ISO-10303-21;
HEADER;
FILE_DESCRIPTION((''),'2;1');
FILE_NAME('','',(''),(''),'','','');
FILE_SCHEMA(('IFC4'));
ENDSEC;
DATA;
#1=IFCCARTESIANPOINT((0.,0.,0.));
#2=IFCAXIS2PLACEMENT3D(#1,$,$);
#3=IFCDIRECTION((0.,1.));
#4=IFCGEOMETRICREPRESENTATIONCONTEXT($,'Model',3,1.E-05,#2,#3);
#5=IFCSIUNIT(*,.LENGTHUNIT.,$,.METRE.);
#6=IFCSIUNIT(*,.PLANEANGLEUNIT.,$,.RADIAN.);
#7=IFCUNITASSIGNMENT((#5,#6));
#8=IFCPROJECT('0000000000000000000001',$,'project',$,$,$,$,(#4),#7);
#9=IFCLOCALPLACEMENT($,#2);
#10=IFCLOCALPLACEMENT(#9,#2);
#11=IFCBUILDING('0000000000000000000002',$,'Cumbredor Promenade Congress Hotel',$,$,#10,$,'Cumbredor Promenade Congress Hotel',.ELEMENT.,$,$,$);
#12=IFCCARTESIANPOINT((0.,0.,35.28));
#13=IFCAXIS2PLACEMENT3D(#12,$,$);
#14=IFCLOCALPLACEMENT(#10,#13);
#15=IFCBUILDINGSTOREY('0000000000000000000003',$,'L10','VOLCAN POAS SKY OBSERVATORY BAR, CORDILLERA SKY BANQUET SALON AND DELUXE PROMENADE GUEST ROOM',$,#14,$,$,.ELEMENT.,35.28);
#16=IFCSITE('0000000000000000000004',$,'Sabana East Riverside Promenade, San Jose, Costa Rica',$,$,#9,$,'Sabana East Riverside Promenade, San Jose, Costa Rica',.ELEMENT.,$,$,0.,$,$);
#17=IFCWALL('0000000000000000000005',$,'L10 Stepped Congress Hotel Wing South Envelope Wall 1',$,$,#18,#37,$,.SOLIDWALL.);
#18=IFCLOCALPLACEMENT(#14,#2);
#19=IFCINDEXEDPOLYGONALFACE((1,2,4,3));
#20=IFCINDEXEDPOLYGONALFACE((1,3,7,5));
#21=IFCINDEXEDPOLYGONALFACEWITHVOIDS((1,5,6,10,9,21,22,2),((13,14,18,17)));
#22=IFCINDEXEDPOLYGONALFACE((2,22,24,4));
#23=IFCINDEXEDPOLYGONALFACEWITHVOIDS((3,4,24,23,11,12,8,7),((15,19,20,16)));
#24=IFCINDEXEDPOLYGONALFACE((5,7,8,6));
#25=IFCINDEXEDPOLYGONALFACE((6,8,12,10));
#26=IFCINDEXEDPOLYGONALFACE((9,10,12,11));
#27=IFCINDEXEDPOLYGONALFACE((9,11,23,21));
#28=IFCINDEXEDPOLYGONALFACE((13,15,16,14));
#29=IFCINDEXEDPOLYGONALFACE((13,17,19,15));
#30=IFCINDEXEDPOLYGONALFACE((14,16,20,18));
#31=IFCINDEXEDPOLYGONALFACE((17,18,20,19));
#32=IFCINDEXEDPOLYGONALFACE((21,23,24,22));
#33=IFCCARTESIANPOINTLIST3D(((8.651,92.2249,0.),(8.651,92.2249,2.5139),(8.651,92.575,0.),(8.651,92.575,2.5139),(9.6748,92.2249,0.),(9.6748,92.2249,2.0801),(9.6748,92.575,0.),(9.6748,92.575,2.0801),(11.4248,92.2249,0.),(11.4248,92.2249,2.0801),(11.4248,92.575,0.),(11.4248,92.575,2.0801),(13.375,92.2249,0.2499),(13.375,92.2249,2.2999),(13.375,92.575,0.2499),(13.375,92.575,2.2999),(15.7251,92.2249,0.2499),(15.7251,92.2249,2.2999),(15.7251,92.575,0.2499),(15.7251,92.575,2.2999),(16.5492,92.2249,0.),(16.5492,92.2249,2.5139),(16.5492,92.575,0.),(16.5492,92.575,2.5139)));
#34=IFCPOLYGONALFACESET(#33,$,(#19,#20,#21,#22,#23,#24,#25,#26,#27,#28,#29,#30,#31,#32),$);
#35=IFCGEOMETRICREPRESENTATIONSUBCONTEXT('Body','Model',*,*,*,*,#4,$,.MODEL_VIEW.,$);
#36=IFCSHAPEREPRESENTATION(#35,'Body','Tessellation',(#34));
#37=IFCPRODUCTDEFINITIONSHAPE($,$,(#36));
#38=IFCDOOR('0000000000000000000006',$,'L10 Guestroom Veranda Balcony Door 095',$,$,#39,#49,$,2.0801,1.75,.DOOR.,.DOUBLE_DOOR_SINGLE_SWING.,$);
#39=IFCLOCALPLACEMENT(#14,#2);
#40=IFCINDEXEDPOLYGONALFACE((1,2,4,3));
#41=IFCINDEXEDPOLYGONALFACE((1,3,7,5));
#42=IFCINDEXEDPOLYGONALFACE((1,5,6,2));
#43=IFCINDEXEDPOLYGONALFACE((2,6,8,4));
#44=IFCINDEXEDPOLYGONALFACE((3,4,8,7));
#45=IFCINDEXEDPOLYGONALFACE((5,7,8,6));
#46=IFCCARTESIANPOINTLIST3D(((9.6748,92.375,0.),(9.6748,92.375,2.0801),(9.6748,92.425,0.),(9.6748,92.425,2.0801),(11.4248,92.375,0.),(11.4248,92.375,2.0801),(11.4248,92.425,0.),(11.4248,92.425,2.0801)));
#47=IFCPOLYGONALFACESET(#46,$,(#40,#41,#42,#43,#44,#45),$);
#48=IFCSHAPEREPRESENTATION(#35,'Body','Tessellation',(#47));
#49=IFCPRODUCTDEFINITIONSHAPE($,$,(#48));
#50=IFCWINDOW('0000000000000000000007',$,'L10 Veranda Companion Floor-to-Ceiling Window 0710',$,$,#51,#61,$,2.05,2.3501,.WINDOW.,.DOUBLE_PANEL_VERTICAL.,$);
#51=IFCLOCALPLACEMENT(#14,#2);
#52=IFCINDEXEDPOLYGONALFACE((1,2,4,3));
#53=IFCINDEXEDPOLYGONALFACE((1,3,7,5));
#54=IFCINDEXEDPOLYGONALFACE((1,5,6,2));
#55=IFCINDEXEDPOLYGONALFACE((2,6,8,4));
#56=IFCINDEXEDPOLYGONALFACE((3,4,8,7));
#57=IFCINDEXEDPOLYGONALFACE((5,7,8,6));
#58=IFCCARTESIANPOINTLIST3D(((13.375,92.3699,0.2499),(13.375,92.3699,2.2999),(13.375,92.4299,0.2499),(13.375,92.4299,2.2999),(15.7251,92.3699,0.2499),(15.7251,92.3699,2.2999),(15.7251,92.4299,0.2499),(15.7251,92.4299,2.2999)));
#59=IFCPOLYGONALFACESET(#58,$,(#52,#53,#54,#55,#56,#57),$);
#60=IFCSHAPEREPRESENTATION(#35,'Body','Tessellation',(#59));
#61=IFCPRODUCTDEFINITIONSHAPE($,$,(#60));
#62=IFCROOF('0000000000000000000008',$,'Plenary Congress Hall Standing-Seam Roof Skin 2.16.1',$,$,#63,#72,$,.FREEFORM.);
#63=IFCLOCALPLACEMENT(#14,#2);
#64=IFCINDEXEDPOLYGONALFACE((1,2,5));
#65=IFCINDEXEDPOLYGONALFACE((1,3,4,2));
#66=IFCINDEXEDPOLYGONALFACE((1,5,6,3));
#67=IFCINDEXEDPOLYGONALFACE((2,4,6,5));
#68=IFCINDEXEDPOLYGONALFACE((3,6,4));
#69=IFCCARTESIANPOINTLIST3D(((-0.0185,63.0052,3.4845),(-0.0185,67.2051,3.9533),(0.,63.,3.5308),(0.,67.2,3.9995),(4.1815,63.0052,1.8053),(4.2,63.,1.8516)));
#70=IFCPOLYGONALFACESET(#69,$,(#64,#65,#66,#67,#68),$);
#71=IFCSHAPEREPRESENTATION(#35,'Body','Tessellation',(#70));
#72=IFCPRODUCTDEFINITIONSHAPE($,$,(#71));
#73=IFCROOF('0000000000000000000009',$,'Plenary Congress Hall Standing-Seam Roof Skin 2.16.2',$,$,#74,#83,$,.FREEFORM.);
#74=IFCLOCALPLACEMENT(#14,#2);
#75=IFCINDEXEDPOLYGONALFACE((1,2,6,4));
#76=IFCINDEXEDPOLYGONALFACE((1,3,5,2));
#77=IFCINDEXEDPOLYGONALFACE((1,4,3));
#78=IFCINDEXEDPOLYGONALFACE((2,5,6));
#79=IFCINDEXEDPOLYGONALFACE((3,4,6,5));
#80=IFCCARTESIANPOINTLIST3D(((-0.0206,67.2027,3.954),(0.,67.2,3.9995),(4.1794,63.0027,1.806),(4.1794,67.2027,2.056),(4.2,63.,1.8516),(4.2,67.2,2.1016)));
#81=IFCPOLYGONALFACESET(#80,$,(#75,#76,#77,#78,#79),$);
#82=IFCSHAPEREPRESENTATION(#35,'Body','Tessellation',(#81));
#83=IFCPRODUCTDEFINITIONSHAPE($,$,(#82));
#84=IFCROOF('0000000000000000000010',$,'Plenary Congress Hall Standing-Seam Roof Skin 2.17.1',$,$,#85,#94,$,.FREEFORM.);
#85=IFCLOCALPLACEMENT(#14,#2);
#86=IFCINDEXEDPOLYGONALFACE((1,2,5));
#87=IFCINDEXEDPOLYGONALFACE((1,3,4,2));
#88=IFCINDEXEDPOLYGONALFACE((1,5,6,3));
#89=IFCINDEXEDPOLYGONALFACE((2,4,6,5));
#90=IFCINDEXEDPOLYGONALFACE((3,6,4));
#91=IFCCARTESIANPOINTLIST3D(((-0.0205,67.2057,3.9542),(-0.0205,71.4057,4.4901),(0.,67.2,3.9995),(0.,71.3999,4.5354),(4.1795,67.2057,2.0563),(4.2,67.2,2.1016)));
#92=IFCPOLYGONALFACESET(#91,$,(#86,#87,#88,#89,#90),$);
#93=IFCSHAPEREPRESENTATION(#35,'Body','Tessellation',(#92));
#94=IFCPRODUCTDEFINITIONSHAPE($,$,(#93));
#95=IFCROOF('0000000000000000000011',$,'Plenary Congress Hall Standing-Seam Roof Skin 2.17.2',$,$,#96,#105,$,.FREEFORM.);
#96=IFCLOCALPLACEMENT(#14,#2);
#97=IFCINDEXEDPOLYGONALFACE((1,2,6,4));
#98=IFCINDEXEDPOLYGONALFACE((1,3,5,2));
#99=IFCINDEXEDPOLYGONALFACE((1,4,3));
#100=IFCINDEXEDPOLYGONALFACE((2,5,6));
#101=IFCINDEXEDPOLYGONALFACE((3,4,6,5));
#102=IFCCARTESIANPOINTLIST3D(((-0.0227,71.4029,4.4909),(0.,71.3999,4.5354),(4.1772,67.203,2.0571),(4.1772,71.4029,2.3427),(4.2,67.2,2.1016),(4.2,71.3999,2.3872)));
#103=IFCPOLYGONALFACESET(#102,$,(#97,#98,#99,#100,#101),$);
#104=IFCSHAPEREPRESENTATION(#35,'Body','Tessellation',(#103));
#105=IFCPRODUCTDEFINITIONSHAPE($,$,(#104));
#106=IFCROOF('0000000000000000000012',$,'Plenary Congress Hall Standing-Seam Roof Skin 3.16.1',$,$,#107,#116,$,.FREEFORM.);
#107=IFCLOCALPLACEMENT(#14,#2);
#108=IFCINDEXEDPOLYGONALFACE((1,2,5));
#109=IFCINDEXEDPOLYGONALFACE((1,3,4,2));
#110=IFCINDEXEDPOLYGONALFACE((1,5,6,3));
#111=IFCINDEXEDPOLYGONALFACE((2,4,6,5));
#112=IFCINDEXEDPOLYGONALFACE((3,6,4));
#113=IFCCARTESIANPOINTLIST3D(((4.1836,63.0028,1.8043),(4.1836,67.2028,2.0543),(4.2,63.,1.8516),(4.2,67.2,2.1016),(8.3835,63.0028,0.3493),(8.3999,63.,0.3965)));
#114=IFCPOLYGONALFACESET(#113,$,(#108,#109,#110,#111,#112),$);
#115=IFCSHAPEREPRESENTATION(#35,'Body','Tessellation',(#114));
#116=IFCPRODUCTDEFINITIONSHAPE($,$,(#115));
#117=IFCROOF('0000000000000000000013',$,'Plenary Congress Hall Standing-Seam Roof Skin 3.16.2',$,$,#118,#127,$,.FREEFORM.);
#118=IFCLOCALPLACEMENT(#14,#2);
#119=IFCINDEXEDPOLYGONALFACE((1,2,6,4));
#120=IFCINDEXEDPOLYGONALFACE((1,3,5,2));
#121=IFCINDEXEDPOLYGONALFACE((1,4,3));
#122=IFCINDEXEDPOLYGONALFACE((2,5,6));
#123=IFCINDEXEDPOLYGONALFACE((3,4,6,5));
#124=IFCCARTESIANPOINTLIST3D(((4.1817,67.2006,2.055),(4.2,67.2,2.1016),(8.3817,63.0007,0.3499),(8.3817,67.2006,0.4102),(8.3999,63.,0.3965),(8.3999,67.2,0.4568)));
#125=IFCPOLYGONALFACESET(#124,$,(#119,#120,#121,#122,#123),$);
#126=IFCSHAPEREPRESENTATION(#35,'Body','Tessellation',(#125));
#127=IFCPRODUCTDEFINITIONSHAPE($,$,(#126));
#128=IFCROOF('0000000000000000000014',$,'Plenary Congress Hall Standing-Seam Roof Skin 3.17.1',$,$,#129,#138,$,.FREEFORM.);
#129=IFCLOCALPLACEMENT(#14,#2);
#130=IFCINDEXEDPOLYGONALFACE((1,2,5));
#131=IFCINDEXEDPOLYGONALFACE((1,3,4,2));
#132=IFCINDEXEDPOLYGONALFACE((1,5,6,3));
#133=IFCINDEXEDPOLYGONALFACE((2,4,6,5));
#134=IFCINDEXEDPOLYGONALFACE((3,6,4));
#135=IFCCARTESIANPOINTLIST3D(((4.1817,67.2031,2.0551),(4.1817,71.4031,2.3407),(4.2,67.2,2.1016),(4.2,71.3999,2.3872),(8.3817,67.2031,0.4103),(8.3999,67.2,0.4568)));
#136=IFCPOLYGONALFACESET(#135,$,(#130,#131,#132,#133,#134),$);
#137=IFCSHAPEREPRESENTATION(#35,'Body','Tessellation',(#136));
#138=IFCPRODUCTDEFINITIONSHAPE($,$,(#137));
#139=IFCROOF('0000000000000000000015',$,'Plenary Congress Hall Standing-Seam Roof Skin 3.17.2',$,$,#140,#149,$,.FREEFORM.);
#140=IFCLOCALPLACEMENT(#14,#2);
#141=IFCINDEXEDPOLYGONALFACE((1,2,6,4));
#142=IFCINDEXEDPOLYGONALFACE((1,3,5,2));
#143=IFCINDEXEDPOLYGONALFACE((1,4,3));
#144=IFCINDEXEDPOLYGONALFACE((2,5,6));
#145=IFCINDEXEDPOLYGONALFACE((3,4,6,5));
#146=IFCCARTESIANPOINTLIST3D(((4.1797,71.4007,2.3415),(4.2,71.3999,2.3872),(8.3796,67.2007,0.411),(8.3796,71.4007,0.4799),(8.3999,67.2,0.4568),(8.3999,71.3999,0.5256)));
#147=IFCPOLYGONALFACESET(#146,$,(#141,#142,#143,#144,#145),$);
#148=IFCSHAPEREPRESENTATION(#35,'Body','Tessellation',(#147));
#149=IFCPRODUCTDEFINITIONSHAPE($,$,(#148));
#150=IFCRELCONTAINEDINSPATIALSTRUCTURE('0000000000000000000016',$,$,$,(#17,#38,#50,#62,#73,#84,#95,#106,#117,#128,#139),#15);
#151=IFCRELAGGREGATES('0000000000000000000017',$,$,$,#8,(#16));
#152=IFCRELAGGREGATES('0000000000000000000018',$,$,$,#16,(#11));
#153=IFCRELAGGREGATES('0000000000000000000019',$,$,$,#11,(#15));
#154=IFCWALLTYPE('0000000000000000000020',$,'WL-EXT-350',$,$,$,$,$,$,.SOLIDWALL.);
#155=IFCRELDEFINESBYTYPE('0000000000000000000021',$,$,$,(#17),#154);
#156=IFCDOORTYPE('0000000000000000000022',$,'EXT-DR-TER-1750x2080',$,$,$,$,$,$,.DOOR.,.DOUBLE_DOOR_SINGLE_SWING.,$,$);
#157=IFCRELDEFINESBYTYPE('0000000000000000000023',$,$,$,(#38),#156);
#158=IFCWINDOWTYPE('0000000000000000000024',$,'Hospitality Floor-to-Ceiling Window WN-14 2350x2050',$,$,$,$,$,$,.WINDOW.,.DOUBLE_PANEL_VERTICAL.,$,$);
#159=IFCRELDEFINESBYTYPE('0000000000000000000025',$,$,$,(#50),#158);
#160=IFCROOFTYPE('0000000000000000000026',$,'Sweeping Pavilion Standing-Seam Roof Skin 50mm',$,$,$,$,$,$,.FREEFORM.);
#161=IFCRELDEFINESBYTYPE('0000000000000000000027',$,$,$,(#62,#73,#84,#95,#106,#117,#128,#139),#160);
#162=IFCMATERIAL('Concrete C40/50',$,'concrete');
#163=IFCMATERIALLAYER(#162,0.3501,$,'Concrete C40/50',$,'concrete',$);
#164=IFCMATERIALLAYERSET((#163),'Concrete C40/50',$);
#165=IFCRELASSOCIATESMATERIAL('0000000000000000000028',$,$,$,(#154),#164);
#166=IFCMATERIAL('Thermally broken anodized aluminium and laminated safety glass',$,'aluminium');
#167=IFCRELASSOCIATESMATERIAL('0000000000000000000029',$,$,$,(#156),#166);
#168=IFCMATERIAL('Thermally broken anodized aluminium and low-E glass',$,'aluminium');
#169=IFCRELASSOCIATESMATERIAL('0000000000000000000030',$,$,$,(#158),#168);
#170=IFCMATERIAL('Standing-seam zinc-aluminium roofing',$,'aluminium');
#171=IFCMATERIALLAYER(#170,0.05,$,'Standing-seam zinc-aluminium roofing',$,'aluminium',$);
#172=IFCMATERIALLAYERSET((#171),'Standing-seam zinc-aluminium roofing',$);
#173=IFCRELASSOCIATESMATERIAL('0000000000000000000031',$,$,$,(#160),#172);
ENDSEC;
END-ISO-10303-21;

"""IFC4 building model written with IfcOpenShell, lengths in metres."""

from ifc_helpers import new_model, si_unit, direction, frame, frame_2d, origin, place, context, subcontext, project, spatial, polyline, rectangle, outline, extrude, material, layer, layer_set, type_object, element, fill, save


model = new_model("IFC4")

# Units and contexts
model_context = context("Model", 3, precision=1e-05, world=origin(), true_north=direction((0.0, 1.0)))
body_context = subcontext(model_context, "Body", "Model", "MODEL_VIEW")
ifc_project = project(units=[si_unit("LENGTHUNIT", "METRE"), si_unit("PLANEANGLEUNIT", "RADIAN")], contexts=[model_context])

# Site, building, storey
site_placement = place(None, origin())
site = spatial("IfcSite", under=ifc_project, at=site_placement, Name="Sabana East Riverside Promenade, San Jose, Costa Rica", LongName="Sabana East Riverside Promenade, San Jose, Costa Rica", CompositionType="ELEMENT", RefElevation=0.0)
building_placement = place(site_placement, origin())
building = spatial("IfcBuilding", under=site, at=building_placement, Name="Cumbredor Promenade Congress Hotel", LongName="Cumbredor Promenade Congress Hotel", CompositionType="ELEMENT")
storey_placement = place(building_placement, frame((0.0, 0.0, 35.28)))
storey = spatial("IfcBuildingStorey", under=building, at=storey_placement, Name="L10", Description="VOLCAN POAS SKY OBSERVATORY BAR, CORDILLERA SKY BANQUET SALON AND DELUXE PROMENADE GUEST ROOM", CompositionType="ELEMENT", Elevation=35.28)

# Shared definitions
ifc_material_1 = material(Name="Concrete C40/50", Category="concrete")

# Shared definitions
ifc_material_2 = material(Name="Thermally broken anodized aluminium and low-E glass", Category="aluminium")

# Wall, openings, door, window
ifc_layer_1 = layer(ifc_material_1, 0.3501, Name="Concrete C40/50", Category="concrete")
ifc_layer_set_1 = layer_set([ifc_layer_1], Name="Concrete C40/50")
wall_type = type_object("IfcWallType", Name="WL-EXT-350", PredefinedType="SOLIDWALL", material=ifc_layer_set_1)
wall_placement = place(storey_placement, frame((8.6509, 92.3999, 0.0), z_axis=(0.0, 0.0, 1.0), x_axis=(1.0, 0.0, 0.0)))
wall = element("IfcWall", 1, at=wall_placement, inside=storey, type_object=wall_type, Name="L10 Stepped Congress Hotel Wing South Envelope Wall 1", PredefinedType="SOLIDWALL", context=body_context, shape_type="SweptSolid", body=[
    extrude(rectangle(XDim=7.8982, YDim=0.3501, at=frame_2d((3.9492, 0.0))), origin(), (0.0, 0.0, 1.0), 2.5139),
])
opening_1_placement = place(wall_placement, frame((1.0239, 0.0, 0.0)))
opening_1 = element("IfcOpeningElement", 2, at=opening_1_placement, cuts=wall, PredefinedType="OPENING", context=body_context, shape_type="SweptSolid", body=[
    extrude(rectangle(XDim=1.75, YDim=2.0801, at=frame_2d((0.875, 1.04))), frame((0.0, 0.1851, 0.0), z_axis=(0.0, -1.0, 0.0), x_axis=(1.0, 0.0, 0.0)), (0.0, 0.0, 1.0), 0.3701),
])
opening_2_placement = place(wall_placement, frame((4.7241, 0.0, 0.25)))
opening_2 = element("IfcOpeningElement", 3, at=opening_2_placement, cuts=wall, PredefinedType="OPENING", context=body_context, shape_type="SweptSolid", body=[
    extrude(rectangle(XDim=2.3501, YDim=2.05, at=frame_2d((1.175, 1.0249))), frame((0.0, 0.1851, 0.0), z_axis=(0.0, -1.0, 0.0), x_axis=(1.0, 0.0, 0.0)), (0.0, 0.0, 1.0), 0.3701),
])
ifc_material_3 = material(Name="Thermally broken anodized aluminium and laminated safety glass", Category="aluminium")
door_type = type_object("IfcDoorType", Name="EXT-DR-TER-1750x2080", OperationType="DOUBLE_DOOR_SINGLE_SWING", PredefinedType="DOOR", material=ifc_material_3)
door_placement = place(opening_1_placement, frame((1.75, 0.0, 0.0), z_axis=(0.0, 0.0, 1.0), x_axis=(-1.0, 0.0, 0.0)))
door = element("IfcDoor", 4, at=door_placement, inside=storey, type_object=door_type, Name="L10 Guestroom Veranda Balcony Door 095", OperationType="DOUBLE_DOOR_SINGLE_SWING", OverallHeight=2.0801, OverallWidth=1.75, PredefinedType="DOOR", context=body_context, shape_type="SweptSolid", body=[
    extrude(rectangle(XDim=1.75, YDim=2.0801, at=frame_2d((0.875, 1.04))), frame((0.0, 0.0249, 0.0), z_axis=(0.0, -1.0, 0.0), x_axis=(1.0, 0.0, 0.0)), (0.0, 0.0, 1.0), 0.05),
])
fill(opening_1, door)
window_type = type_object("IfcWindowType", Name="Hospitality Floor-to-Ceiling Window WN-14 2350x2050", PartitioningType="DOUBLE_PANEL_VERTICAL", PredefinedType="WINDOW", material=ifc_material_2)
window_placement = place(opening_2_placement, origin())
window = element("IfcWindow", 5, at=window_placement, inside=storey, type_object=window_type, Name="L10 Veranda Companion Floor-to-Ceiling Window 0710", OverallHeight=2.05, OverallWidth=2.3501, PartitioningType="DOUBLE_PANEL_VERTICAL", PredefinedType="WINDOW", context=body_context, shape_type="SweptSolid", body=[
    extrude(rectangle(XDim=2.3501, YDim=2.05, at=frame_2d((1.175, 1.0249))), frame((0.0, 0.03, 0.0), z_axis=(0.0, -1.0, 0.0), x_axis=(1.0, 0.0, 0.0)), (0.0, 0.0, 1.0), 0.0601),
])
fill(opening_2, window)

# Roofs
ifc_material_4 = material(Name="Standing-seam zinc-aluminium roofing", Category="aluminium")
ifc_layer_2 = layer(ifc_material_4, 0.05, Name="Standing-seam zinc-aluminium roofing", Category="aluminium")
ifc_layer_set_2 = layer_set([ifc_layer_2], Name="Standing-seam zinc-aluminium roofing")
roof_type = type_object("IfcRoofType", Name="Sweeping Pavilion Standing-Seam Roof Skin 50mm", PredefinedType="FREEFORM", material=ifc_layer_set_2)
roof_1_placement = place(storey_placement, frame((0.0, 63.0, 3.5308), z_axis=(0.369264, -0.10308, 0.92359), x_axis=(0.928536, 0.0, -0.371242)))
element("IfcRoof", 6, at=roof_1_placement, inside=storey, type_object=roof_type, Name="Plenary Congress Hall Standing-Seam Roof Skin 2.16.1", PredefinedType="FREEFORM", context=body_context, shape_type="SweptSolid", body=[
    extrude(outline(polyline([(0.0, 0.0), (4.5232, 0.0), (-0.174, 4.2224), (0.0, 0.0)])), origin(), (0.0, 0.0, -1.0), 0.05),
])
roof_2_placement = place(storey_placement, frame((4.2, 63.0, 1.8516), z_axis=(0.411198, -0.054163, 0.909935), x_axis=(0.0, 0.998233, 0.059419)))
element("IfcRoof", 7, at=roof_2_placement, inside=storey, type_object=roof_type, Name="Plenary Congress Hall Standing-Seam Roof Skin 2.16.2", PredefinedType="FREEFORM", context=body_context, shape_type="SweptSolid", body=[
    extrude(outline(polyline([(0.0, 0.0), (4.2074, 0.0), (4.3202, 4.6075), (0.0, 0.0)])), origin(), (0.0, 0.0, -1.0), 0.05),
])
roof_3_placement = place(storey_placement, frame((0.0, 67.2, 3.9995), z_axis=(0.409047, -0.115495, 0.905175), x_axis=(0.911273, 0.0, -0.411802)))
element("IfcRoof", 8, at=roof_3_placement, inside=storey, type_object=roof_type, Name="Plenary Congress Hall Standing-Seam Roof Skin 2.17.1", PredefinedType="FREEFORM", context=body_context, shape_type="SweptSolid", body=[
    extrude(outline(polyline([(0.0, 0.0), (4.6089, 0.0), (-0.2207, 4.2282), (0.0, 0.0)])), origin(), (0.0, 0.0, -1.0), 0.05),
])
roof_4_placement = place(storey_placement, frame((4.2, 67.2, 2.1016), z_axis=(0.454539, -0.06044, 0.888674), x_axis=(0.0, 0.997695, 0.067855)))
element("IfcRoof", 9, at=roof_4_placement, inside=storey, type_object=roof_type, Name="Plenary Congress Hall Standing-Seam Roof Skin 2.17.2", PredefinedType="FREEFORM", context=body_context, shape_type="SweptSolid", body=[
    extrude(outline(polyline([(0.0, 0.0), (4.2097, 0.0), (4.3554, 4.7152), (0.0, 0.0)])), origin(), (0.0, 0.0, -1.0), 0.05),
])
roof_5_placement = place(storey_placement, frame((4.2, 63.0, 1.8516), z_axis=(0.326845, -0.056156, 0.943408), x_axis=(0.944899, 0.0, -0.327361)))
element("IfcRoof", 10, at=roof_5_placement, inside=storey, type_object=roof_type, Name="Plenary Congress Hall Standing-Seam Roof Skin 3.16.1", PredefinedType="FREEFORM", context=body_context, shape_type="SweptSolid", body=[
    extrude(outline(polyline([(0.0, 0.0), (4.4449, 0.0), (-0.0818, 4.2066), (0.0, 0.0)])), origin(), (0.0, 0.0, -1.0), 0.05),
])
roof_6_placement = place(storey_placement, frame((8.3999, 63.0, 0.3965), z_axis=(0.36462, -0.013368, 0.931061), x_axis=(0.0, 0.999897, 0.014356)))
element("IfcRoof", 11, at=roof_6_placement, inside=storey, type_object=roof_type, Name="Plenary Congress Hall Standing-Seam Roof Skin 3.16.2", PredefinedType="FREEFORM", context=body_context, shape_type="SweptSolid", body=[
    extrude(outline(polyline([(0.0, 0.0), (4.2004, 0.0), (4.224, 4.5105), (0.0, 0.0)])), origin(), (0.0, 0.0, -1.0), 0.05),
])
roof_7_placement = place(storey_placement, frame((4.2, 67.2, 2.1016), z_axis=(0.363923, -0.063202, 0.929282), x_axis=(0.931144, 0.0, -0.364652)))
element("IfcRoof", 12, at=roof_7_placement, inside=storey, type_object=roof_type, Name="Plenary Congress Hall Standing-Seam Roof Skin 3.17.1", PredefinedType="FREEFORM", context=body_context, shape_type="SweptSolid", body=[
    extrude(outline(polyline([(0.0, 0.0), (4.5105, 0.0), (-0.1042, 4.2084), (0.0, 0.0)])), origin(), (0.0, 0.0, -1.0), 0.05),
])
roof_8_placement = place(storey_placement, frame((8.3999, 67.2, 0.4568), z_axis=(0.405171, -0.014985, 0.914118), x_axis=(0.0, 0.999866, 0.01639)))
element("IfcRoof", 13, at=roof_8_placement, inside=storey, type_object=roof_type, Name="Plenary Congress Hall Standing-Seam Roof Skin 3.17.2", PredefinedType="FREEFORM", context=body_context, shape_type="SweptSolid", body=[
    extrude(outline(polyline([(0.0, 0.0), (4.2005, 0.0), (4.231, 4.5939), (0.0, 0.0)])), origin(), (0.0, 0.0, -1.0), 0.05),
])

save(model, "model.ifc")
